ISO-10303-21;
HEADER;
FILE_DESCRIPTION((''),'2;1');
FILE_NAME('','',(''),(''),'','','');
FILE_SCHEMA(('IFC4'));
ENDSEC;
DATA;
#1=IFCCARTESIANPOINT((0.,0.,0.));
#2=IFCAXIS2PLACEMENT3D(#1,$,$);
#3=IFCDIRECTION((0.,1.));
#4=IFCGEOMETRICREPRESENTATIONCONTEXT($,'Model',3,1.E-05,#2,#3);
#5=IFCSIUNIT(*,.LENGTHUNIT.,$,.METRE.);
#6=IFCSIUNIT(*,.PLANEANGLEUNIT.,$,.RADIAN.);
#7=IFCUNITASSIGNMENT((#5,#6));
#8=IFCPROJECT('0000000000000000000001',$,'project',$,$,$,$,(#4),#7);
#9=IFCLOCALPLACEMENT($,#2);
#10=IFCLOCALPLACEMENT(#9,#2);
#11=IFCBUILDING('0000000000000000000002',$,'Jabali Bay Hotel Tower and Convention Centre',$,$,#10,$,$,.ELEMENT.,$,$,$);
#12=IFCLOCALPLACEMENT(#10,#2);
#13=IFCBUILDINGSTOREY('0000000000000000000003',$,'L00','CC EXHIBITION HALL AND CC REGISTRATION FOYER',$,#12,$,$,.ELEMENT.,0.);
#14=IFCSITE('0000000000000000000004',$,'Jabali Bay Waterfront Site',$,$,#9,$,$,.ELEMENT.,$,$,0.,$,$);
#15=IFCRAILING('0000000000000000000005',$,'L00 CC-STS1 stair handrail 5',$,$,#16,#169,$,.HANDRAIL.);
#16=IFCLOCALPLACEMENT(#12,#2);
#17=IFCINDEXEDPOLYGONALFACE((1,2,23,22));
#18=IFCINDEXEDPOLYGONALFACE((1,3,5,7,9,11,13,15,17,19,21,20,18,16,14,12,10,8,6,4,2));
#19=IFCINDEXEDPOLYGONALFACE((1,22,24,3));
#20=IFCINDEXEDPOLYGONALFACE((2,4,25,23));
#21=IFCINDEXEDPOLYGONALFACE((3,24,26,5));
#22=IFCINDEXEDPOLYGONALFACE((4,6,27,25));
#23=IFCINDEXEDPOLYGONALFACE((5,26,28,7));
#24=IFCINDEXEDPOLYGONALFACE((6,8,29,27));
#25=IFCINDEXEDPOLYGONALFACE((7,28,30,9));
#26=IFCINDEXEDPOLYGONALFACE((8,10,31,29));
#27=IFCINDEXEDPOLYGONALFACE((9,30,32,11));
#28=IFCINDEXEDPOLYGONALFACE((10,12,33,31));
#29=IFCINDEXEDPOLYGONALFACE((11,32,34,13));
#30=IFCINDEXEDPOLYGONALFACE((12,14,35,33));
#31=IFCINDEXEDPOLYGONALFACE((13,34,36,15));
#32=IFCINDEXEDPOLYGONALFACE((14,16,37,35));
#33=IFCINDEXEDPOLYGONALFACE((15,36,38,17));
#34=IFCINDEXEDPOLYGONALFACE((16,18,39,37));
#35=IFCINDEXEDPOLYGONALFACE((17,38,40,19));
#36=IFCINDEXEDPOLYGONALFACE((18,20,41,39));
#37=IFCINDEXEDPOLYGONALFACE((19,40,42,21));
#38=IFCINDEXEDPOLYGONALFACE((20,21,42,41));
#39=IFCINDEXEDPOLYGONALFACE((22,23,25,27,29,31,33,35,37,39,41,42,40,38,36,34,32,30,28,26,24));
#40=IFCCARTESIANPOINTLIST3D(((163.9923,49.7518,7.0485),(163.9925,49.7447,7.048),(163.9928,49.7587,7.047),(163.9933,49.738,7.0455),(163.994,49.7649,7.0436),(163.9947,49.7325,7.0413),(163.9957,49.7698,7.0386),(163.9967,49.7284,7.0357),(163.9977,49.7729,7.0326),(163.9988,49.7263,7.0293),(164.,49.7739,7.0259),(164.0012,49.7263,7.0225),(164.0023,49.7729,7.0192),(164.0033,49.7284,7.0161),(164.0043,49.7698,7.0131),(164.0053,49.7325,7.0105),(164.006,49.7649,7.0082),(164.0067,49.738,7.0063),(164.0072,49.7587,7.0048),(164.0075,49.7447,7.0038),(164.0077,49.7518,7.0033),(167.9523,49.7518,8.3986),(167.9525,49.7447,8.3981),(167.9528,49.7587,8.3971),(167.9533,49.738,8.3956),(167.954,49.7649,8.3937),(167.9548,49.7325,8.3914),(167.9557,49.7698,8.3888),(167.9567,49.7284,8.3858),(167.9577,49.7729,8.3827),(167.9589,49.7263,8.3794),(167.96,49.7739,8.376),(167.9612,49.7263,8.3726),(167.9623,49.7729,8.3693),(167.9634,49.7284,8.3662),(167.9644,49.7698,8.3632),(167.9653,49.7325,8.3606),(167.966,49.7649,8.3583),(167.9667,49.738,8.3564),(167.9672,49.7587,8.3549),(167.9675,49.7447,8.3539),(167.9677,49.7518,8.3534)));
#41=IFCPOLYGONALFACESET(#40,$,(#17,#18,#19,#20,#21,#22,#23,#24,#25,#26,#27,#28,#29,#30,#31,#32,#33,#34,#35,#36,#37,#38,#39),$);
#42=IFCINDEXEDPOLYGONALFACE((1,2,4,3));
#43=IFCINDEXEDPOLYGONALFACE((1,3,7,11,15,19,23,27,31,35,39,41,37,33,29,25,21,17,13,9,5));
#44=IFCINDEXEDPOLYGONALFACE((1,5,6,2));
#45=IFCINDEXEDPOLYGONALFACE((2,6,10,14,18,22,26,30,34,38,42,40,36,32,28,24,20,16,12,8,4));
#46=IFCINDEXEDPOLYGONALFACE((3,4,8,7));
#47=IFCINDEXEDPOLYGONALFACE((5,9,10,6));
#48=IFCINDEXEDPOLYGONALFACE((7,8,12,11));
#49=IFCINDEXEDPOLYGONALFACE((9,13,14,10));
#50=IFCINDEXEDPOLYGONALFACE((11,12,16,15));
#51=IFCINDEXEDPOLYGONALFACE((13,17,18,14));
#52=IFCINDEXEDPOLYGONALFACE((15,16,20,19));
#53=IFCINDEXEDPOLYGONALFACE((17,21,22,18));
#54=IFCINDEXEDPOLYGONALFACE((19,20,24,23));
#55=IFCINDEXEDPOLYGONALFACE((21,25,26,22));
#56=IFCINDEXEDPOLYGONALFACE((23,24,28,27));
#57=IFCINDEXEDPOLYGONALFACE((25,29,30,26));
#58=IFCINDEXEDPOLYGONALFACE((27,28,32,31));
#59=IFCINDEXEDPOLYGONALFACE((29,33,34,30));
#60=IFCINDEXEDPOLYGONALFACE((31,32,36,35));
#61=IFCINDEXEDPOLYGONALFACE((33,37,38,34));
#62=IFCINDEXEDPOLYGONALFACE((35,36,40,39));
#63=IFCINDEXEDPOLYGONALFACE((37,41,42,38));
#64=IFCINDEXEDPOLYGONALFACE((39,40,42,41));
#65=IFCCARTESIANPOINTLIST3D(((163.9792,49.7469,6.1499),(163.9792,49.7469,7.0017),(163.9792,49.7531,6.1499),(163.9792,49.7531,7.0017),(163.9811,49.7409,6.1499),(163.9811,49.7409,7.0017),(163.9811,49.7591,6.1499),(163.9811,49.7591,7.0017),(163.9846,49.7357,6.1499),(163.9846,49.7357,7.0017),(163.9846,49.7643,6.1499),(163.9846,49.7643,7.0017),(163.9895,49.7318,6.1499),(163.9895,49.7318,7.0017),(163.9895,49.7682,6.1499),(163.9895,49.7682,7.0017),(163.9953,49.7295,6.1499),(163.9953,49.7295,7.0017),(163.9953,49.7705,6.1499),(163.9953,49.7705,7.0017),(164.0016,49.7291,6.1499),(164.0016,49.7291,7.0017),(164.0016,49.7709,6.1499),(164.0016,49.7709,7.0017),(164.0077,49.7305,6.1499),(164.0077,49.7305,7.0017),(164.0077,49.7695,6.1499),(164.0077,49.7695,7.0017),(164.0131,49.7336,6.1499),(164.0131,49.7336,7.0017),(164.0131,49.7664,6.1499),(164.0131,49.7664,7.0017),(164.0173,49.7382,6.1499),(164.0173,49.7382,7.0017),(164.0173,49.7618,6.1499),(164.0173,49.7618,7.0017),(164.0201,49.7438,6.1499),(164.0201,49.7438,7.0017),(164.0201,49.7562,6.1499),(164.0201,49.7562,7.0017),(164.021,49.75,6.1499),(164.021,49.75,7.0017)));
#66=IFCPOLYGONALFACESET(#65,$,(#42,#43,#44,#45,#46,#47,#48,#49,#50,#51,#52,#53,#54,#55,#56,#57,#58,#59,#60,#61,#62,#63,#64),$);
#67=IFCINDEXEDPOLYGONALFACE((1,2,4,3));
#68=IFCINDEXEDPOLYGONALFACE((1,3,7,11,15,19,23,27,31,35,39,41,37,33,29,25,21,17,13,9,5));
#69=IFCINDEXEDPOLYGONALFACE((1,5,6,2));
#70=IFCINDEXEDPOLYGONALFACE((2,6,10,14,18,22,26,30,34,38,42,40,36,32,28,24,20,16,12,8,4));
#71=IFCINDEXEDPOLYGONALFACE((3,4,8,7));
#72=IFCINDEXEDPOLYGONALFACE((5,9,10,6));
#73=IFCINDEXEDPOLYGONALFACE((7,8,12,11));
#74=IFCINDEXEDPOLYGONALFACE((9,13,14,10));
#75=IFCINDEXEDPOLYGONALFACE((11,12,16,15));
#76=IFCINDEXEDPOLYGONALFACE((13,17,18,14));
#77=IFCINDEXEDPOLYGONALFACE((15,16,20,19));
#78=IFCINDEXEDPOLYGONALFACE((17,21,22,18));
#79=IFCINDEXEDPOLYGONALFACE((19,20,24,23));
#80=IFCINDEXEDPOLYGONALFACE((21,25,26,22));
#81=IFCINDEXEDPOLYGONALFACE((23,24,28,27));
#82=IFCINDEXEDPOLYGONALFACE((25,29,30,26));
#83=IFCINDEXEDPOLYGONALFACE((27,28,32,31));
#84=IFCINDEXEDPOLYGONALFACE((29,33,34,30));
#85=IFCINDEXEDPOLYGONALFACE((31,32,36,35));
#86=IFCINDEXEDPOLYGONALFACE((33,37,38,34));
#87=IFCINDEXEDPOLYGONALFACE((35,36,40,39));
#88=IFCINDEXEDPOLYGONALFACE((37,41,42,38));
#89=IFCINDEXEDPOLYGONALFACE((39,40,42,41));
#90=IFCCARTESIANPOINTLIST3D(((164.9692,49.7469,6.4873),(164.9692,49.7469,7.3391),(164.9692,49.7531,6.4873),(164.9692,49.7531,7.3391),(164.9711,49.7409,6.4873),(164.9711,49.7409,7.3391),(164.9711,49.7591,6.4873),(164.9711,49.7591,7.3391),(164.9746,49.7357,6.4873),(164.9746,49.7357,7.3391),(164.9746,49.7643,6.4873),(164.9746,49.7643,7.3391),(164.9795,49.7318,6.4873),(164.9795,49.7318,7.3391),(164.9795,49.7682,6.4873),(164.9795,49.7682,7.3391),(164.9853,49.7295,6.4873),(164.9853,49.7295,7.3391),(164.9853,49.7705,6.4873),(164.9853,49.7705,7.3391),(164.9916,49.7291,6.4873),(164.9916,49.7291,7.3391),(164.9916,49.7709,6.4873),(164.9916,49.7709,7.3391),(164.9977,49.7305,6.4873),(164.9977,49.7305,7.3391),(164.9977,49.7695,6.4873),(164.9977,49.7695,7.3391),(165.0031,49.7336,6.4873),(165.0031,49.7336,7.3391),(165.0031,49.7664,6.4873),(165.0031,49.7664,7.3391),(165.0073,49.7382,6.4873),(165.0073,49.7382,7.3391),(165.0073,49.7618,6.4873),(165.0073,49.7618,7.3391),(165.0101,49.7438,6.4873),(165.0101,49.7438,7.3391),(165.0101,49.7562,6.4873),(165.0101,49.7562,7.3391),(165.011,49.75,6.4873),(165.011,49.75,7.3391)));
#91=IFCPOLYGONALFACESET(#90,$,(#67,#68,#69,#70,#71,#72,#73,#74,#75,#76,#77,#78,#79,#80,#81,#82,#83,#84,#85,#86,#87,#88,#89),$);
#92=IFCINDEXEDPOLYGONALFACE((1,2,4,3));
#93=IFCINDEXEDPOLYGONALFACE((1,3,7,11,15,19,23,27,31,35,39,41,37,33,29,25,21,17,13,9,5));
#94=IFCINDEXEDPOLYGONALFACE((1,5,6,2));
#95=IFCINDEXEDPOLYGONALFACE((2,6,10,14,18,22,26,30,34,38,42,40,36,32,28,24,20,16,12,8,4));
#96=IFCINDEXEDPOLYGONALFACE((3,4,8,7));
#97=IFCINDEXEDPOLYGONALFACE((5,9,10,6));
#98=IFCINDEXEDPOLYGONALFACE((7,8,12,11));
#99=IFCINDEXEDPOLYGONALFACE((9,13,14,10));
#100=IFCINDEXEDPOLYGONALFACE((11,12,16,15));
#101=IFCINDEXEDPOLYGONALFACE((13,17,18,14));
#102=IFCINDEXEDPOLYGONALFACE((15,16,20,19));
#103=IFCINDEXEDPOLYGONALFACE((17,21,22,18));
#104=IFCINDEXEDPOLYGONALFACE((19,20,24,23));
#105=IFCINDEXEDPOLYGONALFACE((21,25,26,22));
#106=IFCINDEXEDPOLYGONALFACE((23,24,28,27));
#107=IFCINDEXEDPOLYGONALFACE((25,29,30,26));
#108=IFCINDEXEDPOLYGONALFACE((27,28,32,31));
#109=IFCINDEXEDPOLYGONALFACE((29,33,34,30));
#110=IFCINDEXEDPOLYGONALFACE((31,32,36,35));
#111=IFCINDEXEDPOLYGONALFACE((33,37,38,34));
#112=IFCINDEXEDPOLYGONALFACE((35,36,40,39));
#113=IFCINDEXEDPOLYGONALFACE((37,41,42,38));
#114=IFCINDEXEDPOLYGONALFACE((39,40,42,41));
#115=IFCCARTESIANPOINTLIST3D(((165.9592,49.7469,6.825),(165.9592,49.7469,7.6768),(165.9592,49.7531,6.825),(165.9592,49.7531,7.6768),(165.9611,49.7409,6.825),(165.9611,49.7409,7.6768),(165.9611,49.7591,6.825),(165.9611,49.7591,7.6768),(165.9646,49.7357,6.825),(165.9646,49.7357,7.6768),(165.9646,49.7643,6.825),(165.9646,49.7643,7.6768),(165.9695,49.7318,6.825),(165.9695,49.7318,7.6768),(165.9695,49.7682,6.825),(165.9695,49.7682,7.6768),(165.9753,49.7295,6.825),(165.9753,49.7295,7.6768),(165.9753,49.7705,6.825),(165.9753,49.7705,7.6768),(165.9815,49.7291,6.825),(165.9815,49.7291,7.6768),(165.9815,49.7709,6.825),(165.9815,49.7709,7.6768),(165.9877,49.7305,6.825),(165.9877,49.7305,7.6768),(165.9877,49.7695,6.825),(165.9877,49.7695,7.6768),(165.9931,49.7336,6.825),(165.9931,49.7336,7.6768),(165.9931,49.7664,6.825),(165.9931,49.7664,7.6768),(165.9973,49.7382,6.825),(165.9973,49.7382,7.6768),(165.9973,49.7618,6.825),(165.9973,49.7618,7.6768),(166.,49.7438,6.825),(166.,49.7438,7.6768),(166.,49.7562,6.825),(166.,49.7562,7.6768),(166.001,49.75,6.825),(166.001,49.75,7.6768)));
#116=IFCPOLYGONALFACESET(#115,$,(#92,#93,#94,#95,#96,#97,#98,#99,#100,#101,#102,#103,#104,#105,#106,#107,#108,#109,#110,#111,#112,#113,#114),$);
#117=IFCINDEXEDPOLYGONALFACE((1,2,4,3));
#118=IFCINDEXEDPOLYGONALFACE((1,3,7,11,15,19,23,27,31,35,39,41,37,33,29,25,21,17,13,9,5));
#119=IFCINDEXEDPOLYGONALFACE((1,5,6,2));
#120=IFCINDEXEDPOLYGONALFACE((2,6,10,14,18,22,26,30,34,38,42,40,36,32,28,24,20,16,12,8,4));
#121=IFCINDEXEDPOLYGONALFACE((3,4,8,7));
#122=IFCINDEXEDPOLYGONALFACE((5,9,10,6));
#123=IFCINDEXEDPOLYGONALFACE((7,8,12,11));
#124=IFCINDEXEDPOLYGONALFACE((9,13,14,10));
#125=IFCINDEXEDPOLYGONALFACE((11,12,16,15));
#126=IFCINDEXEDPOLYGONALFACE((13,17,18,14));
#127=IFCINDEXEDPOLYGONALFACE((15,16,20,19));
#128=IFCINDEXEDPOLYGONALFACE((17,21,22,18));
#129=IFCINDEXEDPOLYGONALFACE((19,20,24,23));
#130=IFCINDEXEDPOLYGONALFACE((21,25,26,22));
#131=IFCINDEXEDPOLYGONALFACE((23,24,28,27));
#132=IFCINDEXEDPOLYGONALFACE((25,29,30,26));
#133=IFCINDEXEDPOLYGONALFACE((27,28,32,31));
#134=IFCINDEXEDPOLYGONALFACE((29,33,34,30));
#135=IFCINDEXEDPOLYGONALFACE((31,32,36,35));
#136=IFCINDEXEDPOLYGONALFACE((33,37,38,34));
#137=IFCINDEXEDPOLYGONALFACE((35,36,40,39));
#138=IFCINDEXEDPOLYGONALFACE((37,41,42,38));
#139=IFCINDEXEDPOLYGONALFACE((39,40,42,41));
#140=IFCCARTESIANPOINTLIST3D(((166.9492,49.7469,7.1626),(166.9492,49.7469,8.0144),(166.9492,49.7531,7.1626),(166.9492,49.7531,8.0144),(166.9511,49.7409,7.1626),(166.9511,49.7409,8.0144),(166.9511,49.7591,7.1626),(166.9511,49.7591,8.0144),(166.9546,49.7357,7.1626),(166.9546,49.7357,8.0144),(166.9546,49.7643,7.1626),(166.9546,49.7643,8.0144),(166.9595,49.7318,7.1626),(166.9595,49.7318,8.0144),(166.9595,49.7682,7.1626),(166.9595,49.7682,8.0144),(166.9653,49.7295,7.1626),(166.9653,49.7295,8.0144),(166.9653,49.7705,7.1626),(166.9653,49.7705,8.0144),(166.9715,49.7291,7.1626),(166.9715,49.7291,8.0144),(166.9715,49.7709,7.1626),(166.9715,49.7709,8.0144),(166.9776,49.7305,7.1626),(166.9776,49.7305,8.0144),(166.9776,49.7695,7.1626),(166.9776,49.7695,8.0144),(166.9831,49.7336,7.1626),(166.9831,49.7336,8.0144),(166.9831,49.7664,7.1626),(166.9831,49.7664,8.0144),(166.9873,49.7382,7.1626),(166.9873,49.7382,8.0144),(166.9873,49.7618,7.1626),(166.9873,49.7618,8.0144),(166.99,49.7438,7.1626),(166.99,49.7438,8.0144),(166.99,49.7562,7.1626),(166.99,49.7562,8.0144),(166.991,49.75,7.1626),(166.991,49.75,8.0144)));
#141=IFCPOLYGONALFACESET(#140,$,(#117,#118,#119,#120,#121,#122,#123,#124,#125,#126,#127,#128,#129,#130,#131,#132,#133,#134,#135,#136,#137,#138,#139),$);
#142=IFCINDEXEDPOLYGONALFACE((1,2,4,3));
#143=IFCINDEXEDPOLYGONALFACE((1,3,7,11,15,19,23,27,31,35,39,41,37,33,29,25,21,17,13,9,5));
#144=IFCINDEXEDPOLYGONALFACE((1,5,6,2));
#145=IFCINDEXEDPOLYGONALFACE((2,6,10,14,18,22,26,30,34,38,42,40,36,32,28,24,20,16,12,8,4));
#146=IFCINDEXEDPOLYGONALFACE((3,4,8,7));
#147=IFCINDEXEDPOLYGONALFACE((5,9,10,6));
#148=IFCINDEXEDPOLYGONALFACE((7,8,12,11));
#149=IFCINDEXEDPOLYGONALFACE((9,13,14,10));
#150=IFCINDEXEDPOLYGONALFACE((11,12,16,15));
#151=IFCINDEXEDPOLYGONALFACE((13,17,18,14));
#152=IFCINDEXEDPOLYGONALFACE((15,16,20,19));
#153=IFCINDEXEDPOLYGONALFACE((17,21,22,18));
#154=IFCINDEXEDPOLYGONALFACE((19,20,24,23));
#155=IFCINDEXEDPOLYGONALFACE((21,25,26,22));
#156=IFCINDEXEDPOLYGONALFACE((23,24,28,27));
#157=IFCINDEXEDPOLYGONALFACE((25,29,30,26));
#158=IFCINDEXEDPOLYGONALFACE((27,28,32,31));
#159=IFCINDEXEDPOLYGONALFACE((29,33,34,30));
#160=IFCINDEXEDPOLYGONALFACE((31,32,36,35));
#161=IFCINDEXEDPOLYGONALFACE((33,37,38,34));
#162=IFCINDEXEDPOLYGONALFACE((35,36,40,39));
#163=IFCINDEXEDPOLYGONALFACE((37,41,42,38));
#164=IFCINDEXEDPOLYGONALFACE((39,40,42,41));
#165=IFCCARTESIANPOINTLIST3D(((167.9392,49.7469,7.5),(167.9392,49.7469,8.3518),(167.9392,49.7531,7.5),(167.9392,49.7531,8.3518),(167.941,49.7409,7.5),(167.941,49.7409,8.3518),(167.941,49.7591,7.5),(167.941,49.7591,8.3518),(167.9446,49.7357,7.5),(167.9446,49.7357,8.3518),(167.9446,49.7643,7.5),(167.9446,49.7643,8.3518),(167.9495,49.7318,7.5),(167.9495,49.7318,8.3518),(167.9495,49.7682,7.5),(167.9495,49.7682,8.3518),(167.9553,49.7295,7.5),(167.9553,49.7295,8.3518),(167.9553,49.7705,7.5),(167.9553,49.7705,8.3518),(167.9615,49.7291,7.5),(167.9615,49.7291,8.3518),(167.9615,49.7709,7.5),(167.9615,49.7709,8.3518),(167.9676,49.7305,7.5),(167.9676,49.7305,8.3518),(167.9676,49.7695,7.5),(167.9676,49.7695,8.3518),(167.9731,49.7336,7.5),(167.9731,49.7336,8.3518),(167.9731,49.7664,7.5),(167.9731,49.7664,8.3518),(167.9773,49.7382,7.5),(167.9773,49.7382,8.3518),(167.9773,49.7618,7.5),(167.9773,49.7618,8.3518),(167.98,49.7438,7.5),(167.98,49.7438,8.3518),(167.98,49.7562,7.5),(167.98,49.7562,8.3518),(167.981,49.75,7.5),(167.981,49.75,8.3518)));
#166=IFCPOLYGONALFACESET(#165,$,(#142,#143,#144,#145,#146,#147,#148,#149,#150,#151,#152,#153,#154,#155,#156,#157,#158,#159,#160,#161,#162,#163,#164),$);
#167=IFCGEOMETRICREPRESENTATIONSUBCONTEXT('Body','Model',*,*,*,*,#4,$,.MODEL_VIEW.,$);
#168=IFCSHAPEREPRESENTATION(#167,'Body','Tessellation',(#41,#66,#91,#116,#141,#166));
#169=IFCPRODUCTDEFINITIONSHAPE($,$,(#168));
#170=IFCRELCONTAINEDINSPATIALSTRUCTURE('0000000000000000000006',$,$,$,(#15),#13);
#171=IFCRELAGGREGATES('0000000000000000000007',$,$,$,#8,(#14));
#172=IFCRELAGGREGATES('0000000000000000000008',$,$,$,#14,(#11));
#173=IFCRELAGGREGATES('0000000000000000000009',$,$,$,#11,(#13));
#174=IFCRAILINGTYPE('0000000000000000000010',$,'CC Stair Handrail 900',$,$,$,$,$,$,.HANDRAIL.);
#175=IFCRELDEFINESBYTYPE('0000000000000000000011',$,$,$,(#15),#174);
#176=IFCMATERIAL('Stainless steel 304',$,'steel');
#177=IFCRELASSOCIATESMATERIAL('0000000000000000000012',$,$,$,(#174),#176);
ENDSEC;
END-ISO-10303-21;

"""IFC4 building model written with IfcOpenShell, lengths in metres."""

from ifc_helpers import new_model, si_unit, direction, frame, origin, origin_2d, place, context, subcontext, project, spatial, circle, extrude, material, type_object, element, save


model = new_model("IFC4")

# Units and contexts
model_context = context("Model", 3, precision=1e-05, world=origin(), true_north=direction((0.0, 1.0)))
body_context = subcontext(model_context, "Body", "Model", "MODEL_VIEW")
ifc_project = project(units=[si_unit("LENGTHUNIT", "METRE"), si_unit("PLANEANGLEUNIT", "RADIAN")], contexts=[model_context])

# Site, building, storey
site_placement = place(None, origin())
site = spatial("IfcSite", under=ifc_project, at=site_placement, Name="Jabali Bay Waterfront Site", CompositionType="ELEMENT", RefElevation=0.0)
building_placement = place(site_placement, origin())
building = spatial("IfcBuilding", under=site, at=building_placement, Name="Jabali Bay Hotel Tower and Convention Centre", CompositionType="ELEMENT")
storey_placement = place(building_placement, origin())
storey = spatial("IfcBuildingStorey", under=building, at=storey_placement, Name="L00", Description="CC EXHIBITION HALL AND CC REGISTRATION FOYER", CompositionType="ELEMENT", Elevation=0.0)

# Railing
ifc_material_1 = material(Name="Stainless steel 304", Category="steel")
railing_type_1 = type_object("IfcRailingType", Name="CC Stair Handrail 900", PredefinedType="HANDRAIL", material=ifc_material_1)
for number, where, name in (
    (1, (164.0, 49.75, 6.1499), "L00 CC-STS1 stair handrail 5"),
):
    element("IfcRailing", number, at=place(storey_placement, frame(where)), inside=storey, type_object=railing_type_1, Name=name, PredefinedType="HANDRAIL", context=body_context, shape_type="SweptSolid", body=[
        extrude(circle(Radius=0.0239, at=origin_2d()), frame((0.0, 0.0, 0.876), z_axis=(0.946502, 0.0, 0.322698), x_axis=(0.0, 1.0, 0.0)), (0.0, 0.0, 1.0), 4.1838),
        extrude(circle(Radius=0.021, at=origin_2d()), origin(), (0.0, 0.0, 1.0), 0.8518),
        extrude(circle(Radius=0.021, at=origin_2d()), frame((0.99, 0.0, 0.3374)), (0.0, 0.0, 1.0), 0.8518),
        extrude(circle(Radius=0.021, at=origin_2d()), frame((1.98, 0.0, 0.675)), (0.0, 0.0, 1.0), 0.8518),
        extrude(circle(Radius=0.021, at=origin_2d()), frame((2.97, 0.0, 1.0127)), (0.0, 0.0, 1.0), 0.8518),
        extrude(circle(Radius=0.021, at=origin_2d()), frame((3.96, 0.0, 1.3501)), (0.0, 0.0, 1.0), 0.8518),
    ])

save(model, "model.ifc")
